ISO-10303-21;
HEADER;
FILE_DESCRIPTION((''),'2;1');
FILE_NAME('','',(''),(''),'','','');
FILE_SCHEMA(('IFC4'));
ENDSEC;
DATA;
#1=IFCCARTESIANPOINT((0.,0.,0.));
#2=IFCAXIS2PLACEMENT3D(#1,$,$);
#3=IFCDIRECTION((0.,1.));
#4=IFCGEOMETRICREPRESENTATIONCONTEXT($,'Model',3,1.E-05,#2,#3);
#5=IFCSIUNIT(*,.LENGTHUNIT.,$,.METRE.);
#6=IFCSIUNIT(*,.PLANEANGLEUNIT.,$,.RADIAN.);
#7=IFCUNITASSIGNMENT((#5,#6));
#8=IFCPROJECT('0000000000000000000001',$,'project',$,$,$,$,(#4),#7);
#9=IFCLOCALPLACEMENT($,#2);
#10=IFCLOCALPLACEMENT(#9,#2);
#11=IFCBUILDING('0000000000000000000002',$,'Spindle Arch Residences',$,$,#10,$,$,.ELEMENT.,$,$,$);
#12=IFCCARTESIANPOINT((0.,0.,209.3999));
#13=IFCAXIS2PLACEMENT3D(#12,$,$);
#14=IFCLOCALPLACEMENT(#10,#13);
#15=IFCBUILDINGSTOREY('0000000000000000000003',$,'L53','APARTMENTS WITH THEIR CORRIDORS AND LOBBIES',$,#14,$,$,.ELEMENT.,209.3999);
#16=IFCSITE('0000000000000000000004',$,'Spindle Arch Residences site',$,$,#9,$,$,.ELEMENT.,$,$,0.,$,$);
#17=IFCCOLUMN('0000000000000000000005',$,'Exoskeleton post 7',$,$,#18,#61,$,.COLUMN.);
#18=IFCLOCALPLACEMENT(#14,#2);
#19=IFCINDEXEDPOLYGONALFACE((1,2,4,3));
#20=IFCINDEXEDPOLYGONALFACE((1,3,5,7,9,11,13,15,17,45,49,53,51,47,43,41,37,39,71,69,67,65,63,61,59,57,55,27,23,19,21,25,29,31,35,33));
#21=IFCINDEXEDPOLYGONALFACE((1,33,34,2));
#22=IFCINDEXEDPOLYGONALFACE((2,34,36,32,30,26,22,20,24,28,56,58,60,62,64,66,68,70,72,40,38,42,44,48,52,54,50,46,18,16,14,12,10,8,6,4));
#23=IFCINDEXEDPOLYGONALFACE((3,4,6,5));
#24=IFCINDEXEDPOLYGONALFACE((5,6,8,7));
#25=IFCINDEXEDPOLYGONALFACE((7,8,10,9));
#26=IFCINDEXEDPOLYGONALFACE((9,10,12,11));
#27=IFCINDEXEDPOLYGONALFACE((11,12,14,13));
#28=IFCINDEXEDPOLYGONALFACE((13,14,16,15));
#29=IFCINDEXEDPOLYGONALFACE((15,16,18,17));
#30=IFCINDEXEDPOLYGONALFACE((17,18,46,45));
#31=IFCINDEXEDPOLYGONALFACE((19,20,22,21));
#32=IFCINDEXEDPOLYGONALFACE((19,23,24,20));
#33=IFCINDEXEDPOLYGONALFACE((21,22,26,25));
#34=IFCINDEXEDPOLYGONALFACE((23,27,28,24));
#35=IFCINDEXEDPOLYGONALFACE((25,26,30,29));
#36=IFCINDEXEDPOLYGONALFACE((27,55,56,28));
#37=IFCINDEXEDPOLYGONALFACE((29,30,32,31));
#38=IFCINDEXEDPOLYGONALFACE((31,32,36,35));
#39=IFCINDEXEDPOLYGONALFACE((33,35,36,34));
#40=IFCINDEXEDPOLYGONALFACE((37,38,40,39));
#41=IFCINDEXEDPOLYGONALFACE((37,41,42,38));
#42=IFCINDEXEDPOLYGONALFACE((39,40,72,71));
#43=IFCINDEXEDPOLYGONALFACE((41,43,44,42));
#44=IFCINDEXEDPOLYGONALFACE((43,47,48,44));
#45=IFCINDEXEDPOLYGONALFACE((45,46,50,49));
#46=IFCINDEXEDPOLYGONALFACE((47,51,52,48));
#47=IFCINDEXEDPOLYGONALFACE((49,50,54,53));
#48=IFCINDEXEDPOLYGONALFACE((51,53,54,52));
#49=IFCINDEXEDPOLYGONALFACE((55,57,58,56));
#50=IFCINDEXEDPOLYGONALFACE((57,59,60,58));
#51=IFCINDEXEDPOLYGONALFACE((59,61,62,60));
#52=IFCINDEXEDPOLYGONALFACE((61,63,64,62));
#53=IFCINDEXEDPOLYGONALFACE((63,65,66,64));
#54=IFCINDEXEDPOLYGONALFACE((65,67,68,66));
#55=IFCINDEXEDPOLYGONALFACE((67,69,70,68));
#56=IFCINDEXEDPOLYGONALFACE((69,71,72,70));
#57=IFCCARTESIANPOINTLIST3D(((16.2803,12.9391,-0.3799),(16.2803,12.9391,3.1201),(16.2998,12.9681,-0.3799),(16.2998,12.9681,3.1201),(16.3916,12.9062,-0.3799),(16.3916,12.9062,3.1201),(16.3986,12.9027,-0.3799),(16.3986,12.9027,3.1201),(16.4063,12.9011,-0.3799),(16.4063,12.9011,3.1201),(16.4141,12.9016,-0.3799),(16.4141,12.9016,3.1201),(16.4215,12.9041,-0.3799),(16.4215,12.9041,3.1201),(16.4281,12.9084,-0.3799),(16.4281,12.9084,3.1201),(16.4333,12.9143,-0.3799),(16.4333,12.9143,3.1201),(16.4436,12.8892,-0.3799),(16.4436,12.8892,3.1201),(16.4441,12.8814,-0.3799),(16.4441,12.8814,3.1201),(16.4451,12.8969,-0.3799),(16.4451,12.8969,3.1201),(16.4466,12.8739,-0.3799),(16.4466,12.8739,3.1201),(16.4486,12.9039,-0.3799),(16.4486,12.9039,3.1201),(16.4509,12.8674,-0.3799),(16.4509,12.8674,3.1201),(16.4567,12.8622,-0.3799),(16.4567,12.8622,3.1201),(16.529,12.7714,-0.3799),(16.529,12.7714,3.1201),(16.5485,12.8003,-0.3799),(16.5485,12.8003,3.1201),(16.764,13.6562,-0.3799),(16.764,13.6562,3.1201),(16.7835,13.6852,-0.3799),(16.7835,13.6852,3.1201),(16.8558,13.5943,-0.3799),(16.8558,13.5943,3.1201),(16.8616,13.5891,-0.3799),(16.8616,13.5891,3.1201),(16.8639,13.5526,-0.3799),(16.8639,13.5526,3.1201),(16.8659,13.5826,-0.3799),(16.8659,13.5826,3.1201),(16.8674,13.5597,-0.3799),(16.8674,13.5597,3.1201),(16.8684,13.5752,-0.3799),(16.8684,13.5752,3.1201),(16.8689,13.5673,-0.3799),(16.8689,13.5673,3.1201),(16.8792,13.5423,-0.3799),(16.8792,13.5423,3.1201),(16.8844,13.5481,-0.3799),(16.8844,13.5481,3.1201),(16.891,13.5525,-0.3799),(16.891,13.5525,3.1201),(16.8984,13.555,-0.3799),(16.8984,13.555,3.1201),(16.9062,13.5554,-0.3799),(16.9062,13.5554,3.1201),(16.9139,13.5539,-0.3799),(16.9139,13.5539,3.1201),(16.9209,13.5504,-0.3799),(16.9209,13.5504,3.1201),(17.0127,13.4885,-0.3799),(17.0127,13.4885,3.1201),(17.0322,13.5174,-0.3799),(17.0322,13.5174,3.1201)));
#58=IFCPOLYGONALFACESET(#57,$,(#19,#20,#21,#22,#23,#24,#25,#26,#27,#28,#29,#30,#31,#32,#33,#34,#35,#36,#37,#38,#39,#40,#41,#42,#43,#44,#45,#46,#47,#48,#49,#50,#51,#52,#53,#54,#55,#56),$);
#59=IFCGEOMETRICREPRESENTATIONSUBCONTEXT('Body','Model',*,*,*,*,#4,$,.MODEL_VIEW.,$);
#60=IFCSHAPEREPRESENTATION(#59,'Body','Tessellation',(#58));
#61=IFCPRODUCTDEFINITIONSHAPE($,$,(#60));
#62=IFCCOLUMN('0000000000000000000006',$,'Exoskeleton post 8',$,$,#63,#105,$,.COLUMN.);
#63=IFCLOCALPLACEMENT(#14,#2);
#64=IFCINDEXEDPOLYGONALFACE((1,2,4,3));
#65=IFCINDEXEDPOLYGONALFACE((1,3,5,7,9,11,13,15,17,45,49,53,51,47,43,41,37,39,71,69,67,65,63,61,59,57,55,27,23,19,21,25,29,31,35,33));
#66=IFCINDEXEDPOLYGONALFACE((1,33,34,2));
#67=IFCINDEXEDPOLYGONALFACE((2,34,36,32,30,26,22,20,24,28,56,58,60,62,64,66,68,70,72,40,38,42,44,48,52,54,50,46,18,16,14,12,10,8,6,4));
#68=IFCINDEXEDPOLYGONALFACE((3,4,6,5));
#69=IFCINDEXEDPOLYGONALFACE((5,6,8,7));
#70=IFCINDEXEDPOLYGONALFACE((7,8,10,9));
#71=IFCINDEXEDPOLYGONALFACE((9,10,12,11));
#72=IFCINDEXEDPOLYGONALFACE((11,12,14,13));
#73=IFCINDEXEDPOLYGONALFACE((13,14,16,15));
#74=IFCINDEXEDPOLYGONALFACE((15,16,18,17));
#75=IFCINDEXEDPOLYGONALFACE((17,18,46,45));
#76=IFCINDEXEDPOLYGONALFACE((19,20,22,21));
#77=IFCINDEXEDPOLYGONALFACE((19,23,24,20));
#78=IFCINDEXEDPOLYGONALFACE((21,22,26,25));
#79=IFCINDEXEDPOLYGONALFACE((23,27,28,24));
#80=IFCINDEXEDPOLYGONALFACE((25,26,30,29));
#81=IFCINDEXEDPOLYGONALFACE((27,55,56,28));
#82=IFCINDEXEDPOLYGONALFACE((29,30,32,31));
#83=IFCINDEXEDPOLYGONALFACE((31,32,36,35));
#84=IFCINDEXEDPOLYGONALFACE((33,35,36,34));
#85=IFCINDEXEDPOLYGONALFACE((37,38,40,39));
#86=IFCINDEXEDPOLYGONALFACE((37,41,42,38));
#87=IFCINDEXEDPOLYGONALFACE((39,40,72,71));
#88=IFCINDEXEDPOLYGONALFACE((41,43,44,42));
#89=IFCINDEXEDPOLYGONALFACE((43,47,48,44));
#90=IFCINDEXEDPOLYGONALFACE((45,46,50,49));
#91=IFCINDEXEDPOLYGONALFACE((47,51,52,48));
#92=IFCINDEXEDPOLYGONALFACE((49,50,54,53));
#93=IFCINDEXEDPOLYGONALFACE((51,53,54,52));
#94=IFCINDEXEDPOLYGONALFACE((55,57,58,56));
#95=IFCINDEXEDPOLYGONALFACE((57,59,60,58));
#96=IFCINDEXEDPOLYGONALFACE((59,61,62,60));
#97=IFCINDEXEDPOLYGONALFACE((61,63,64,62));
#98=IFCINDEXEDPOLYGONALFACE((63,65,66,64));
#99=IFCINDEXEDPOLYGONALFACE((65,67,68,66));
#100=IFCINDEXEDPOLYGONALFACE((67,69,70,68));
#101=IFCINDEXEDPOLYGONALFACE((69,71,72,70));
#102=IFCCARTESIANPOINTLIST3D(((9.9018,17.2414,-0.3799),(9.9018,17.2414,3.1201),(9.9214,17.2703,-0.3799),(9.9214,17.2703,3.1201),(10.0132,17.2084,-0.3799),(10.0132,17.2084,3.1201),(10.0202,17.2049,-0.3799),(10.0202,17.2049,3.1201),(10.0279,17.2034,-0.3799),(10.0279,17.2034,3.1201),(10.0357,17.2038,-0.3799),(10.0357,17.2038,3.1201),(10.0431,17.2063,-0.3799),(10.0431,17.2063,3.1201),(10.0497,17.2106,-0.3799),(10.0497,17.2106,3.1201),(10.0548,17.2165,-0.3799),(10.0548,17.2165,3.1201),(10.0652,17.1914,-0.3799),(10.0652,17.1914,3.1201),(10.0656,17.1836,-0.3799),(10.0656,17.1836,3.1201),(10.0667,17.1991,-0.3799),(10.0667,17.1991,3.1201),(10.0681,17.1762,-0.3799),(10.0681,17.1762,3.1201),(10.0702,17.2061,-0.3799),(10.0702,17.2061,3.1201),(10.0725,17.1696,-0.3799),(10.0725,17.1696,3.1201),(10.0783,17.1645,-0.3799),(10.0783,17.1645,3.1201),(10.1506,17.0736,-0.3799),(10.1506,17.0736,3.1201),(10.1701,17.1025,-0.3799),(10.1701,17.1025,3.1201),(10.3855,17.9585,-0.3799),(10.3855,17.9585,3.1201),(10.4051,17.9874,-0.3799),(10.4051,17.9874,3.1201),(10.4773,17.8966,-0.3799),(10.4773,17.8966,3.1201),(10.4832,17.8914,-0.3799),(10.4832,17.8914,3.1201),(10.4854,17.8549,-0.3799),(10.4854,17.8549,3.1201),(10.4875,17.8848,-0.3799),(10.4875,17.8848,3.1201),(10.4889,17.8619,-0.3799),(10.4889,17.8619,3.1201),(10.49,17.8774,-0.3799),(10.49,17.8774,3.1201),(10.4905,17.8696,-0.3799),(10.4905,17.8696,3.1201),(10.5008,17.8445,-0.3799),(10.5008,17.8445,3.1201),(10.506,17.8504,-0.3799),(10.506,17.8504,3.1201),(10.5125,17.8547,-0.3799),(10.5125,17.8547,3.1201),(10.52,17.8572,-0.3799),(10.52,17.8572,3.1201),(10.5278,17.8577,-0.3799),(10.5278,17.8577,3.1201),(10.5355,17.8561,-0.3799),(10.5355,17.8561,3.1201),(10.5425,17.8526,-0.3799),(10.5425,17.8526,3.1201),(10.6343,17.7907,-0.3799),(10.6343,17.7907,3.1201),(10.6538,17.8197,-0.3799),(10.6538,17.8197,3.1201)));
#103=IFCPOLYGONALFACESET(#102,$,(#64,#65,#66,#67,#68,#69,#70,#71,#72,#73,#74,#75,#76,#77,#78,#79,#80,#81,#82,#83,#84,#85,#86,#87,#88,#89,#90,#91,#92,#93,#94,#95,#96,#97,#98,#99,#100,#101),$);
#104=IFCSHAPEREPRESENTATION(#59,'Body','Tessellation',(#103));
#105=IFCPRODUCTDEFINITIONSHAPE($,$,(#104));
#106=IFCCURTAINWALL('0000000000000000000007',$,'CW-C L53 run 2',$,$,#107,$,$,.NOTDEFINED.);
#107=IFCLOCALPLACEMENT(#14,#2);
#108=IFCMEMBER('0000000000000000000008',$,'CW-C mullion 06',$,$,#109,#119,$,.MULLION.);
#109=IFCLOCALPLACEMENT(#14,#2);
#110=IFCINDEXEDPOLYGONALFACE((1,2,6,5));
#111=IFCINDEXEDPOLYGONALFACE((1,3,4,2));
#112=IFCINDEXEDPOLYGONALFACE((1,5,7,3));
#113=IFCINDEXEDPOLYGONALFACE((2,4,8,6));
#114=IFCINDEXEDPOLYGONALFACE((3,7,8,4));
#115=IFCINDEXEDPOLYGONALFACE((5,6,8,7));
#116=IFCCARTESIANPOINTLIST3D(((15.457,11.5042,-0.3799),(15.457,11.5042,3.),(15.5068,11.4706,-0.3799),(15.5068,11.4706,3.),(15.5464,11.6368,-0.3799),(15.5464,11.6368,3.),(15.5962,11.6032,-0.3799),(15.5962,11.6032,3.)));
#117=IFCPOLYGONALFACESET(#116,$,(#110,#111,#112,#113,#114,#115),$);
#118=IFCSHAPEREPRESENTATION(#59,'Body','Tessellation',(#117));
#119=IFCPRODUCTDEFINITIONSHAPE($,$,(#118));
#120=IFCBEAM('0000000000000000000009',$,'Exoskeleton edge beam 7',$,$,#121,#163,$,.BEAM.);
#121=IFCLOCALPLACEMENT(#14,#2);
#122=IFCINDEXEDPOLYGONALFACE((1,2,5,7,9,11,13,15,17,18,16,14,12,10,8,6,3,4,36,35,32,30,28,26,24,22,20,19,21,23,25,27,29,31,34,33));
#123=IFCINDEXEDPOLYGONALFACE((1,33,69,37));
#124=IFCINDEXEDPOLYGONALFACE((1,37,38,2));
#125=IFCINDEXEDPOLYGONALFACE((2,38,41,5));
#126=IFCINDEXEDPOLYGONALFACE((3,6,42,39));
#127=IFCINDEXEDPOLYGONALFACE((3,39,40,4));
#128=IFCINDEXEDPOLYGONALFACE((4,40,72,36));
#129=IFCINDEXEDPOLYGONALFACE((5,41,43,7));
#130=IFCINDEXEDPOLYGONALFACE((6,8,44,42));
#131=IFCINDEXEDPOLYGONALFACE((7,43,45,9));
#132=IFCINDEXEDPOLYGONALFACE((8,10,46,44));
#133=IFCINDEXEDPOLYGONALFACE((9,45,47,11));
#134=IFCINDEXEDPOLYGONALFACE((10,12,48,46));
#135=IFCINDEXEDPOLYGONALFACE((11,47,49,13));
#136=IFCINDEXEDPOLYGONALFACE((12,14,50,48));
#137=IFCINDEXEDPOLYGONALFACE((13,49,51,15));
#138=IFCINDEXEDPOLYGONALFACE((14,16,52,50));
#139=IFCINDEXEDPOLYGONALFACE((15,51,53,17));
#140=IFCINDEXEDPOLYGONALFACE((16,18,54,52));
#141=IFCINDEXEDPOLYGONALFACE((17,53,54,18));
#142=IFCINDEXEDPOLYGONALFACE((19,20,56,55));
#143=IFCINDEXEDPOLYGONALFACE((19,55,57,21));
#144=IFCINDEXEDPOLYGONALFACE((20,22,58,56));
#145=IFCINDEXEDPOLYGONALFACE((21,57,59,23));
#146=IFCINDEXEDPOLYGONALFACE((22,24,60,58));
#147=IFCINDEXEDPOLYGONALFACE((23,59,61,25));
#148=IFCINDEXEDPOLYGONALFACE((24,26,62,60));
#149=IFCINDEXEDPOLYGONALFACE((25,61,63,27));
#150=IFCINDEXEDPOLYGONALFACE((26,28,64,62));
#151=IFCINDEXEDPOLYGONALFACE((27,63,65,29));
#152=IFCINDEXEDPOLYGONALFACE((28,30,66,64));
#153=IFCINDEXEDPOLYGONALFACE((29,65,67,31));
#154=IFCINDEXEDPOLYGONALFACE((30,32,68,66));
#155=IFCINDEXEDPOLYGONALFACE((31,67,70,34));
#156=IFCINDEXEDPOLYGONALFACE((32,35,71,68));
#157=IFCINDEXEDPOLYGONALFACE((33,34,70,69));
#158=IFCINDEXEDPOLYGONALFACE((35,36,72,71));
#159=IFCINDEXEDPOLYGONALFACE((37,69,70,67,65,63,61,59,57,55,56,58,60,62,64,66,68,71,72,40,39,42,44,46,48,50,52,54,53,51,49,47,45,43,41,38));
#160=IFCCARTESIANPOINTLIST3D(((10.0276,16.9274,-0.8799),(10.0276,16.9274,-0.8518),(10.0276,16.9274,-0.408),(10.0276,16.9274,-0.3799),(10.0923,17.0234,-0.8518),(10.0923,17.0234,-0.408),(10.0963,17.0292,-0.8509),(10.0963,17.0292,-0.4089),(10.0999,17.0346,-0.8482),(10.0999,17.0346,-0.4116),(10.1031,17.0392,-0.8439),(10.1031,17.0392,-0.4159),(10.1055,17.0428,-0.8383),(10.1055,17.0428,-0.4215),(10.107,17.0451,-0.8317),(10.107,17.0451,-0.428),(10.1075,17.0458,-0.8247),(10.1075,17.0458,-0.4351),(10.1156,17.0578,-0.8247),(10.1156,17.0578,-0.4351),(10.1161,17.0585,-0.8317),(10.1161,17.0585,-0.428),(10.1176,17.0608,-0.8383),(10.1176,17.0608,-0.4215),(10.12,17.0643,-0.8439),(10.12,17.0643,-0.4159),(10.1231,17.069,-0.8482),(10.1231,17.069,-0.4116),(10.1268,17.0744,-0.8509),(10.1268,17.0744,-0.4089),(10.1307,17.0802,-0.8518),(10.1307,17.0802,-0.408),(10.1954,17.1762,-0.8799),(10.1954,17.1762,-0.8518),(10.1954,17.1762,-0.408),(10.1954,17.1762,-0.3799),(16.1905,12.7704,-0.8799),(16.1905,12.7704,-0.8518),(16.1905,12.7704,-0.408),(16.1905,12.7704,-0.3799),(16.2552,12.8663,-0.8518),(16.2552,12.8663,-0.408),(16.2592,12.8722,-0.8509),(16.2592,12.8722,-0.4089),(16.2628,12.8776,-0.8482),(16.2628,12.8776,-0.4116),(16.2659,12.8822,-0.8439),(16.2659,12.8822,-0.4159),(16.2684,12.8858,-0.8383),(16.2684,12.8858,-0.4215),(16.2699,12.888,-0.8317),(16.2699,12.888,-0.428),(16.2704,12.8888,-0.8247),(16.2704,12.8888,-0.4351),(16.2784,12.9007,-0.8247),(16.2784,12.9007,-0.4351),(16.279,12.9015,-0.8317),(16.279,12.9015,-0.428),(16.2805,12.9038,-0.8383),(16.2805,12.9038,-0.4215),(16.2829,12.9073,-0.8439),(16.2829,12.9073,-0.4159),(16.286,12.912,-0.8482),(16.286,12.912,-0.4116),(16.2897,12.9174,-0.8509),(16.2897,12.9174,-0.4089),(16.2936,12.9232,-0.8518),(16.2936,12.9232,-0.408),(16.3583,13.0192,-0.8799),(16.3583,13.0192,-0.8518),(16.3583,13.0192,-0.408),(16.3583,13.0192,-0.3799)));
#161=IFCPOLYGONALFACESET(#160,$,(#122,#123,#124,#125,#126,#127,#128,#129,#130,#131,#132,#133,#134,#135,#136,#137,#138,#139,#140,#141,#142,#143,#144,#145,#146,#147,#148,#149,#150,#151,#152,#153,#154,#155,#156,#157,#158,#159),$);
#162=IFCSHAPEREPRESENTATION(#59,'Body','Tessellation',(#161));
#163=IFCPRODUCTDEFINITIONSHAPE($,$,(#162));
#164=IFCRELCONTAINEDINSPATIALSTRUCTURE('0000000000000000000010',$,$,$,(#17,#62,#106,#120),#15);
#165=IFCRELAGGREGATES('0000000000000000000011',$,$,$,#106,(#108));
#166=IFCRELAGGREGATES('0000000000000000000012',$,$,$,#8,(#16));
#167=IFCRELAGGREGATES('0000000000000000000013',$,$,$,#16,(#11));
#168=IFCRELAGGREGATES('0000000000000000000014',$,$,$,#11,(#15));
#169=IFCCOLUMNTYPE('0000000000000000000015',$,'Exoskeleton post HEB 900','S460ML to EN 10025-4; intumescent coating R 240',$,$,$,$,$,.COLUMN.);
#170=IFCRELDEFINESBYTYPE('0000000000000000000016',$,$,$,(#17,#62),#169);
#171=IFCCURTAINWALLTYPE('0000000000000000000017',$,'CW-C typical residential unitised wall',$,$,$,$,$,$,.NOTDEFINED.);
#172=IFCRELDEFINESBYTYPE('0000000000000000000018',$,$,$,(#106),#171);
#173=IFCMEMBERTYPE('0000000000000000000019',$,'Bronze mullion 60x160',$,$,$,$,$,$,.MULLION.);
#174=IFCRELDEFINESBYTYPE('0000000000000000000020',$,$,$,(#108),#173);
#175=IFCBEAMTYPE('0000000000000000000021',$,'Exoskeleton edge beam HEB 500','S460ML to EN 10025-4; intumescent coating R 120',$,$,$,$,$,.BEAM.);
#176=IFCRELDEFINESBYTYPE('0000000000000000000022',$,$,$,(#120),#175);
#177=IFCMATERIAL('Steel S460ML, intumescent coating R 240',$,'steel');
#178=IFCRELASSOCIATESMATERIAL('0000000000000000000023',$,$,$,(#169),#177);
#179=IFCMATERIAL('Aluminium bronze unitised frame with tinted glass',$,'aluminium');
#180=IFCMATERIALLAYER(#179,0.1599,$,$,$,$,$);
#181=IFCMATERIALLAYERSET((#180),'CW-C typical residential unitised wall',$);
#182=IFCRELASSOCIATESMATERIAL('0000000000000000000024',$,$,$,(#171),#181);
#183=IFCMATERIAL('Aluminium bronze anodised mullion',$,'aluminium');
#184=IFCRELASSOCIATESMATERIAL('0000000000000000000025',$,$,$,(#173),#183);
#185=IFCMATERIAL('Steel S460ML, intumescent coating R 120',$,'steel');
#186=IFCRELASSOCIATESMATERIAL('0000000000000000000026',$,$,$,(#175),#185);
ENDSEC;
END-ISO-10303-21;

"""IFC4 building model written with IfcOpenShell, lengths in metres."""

from ifc_helpers import new_model, si_unit, direction, frame, origin, origin_2d, place, context, subcontext, project, spatial, rectangle, i_section, extrude, material, layer, layer_set, material_profile, profile_set, type_object, element, aggregate, save


model = new_model("IFC4")

# Units and contexts
model_context = context("Model", 3, precision=1e-05, world=origin(), true_north=direction((0.0, 1.0)))
body_context = subcontext(model_context, "Body", "Model", "MODEL_VIEW")
ifc_project = project(units=[si_unit("LENGTHUNIT", "METRE"), si_unit("PLANEANGLEUNIT", "RADIAN")], contexts=[model_context])

# Site, building, storey
site_placement = place(None, origin())
site = spatial("IfcSite", under=ifc_project, at=site_placement, Name="Spindle Arch Residences site", CompositionType="ELEMENT", RefElevation=0.0)
building_placement = place(site_placement, origin())
building = spatial("IfcBuilding", under=site, at=building_placement, Name="Spindle Arch Residences", CompositionType="ELEMENT")
storey_placement = place(building_placement, frame((0.0, 0.0, 209.3999)))
storey = spatial("IfcBuildingStorey", under=building, at=storey_placement, Name="L53", Description="APARTMENTS WITH THEIR CORRIDORS AND LOBBIES", CompositionType="ELEMENT", Elevation=209.3999)

# Columns
ifc_material_1 = material(Name="Steel S460ML, intumescent coating R 240", Category="steel")
ifc_material_profile_1 = material_profile(ifc_material_1, i_section(OverallWidth=0.3, OverallDepth=0.8999, WebThickness=0.0186, FlangeThickness=0.0349, FilletRadius=0.03, at=origin_2d()), Name="HEB 900")
ifc_profile_set_1 = profile_set([ifc_material_profile_1], Name="Steel S460ML, intumescent coating R 240")
column_type = type_object("IfcColumnType", Name="Exoskeleton post HEB 900", Description="S460ML to EN 10025-4; intumescent coating R 240", PredefinedType="COLUMN", material=ifc_profile_set_1)
for number, where, z_axis, x_axis, name in (
    (1, (16.6562, 13.2283, -0.3799), (0.0, 0.0, 1.0), (0.829038, -0.559193, 0.0), "Exoskeleton post 7"),
    (2, (10.2778, 17.5305, -0.3799), (0.0, 0.0, 1.0), (0.829038, -0.559193, 0.0), "Exoskeleton post 8"),
):
    element("IfcColumn", number, at=place(storey_placement, frame(where, z_axis=z_axis, x_axis=x_axis)), inside=storey, type_object=column_type, Name=name, PredefinedType="COLUMN", context=body_context, shape_type="SweptSolid", body=[
        extrude(i_section(OverallWidth=0.3, OverallDepth=0.8999, WebThickness=0.0186, FlangeThickness=0.0349, FilletRadius=0.03, at=origin_2d()), origin(), (0.0, 0.0, 1.0), 3.5),
    ])

# Curtain wall, member
ifc_material_2 = material(Name="Aluminium bronze unitised frame with tinted glass", Category="aluminium")
ifc_layer_1 = layer(ifc_material_2, 0.1599)
ifc_layer_set_1 = layer_set([ifc_layer_1], Name="CW-C typical residential unitised wall")
curtain_wall_type = type_object("IfcCurtainWallType", Name="CW-C typical residential unitised wall", PredefinedType="NOTDEFINED", material=ifc_layer_set_1)
curtain_wall_placement = place(storey_placement, origin())
curtain_wall = element("IfcCurtainWall", 3, at=curtain_wall_placement, inside=storey, type_object=curtain_wall_type, Name="CW-C L53 run 2", PredefinedType="NOTDEFINED")
ifc_material_3 = material(Name="Aluminium bronze anodised mullion", Category="aluminium")
ifc_material_profile_2 = material_profile(ifc_material_3, rectangle(XDim=0.1599, YDim=0.0601, at=origin_2d()), Name="MU 60x160")
ifc_profile_set_2 = profile_set([ifc_material_profile_2], Name="Aluminium bronze anodised mullion")
member_type = type_object("IfcMemberType", Name="Bronze mullion 60x160", PredefinedType="MULLION", material=ifc_profile_set_2)
member_placement = place(storey_placement, frame((15.5266, 11.5537, -0.3799), z_axis=(0.0, 0.0, 1.0), x_axis=(-0.559193, -0.829038, 0.0)))
member = element("IfcMember", 4, at=member_placement, type_object=member_type, Name="CW-C mullion 06", PredefinedType="MULLION", context=body_context, shape_type="SweptSolid", body=[
    extrude(rectangle(XDim=0.1599, YDim=0.0601, at=origin_2d()), origin(), (0.0, 0.0, 1.0), 3.3799),
])

# Beam
ifc_material_4 = material(Name="Steel S460ML, intumescent coating R 120", Category="steel")
ifc_material_profile_3 = material_profile(ifc_material_4, i_section(OverallWidth=0.3, OverallDepth=0.5, WebThickness=0.0144, FlangeThickness=0.0281, FilletRadius=0.0271, at=origin_2d()), Name="HEB 500")
ifc_profile_set_3 = profile_set([ifc_material_profile_3], Name="Steel S460ML, intumescent coating R 120")
beam_type_1 = type_object("IfcBeamType", Name="Exoskeleton edge beam HEB 500", Description="S460ML to EN 10025-4; intumescent coating R 120", PredefinedType="BEAM", material=ifc_profile_set_3)
beam_1_placement = place(storey_placement, frame((16.2744, 12.8948, -0.6299), z_axis=(-0.829032, 0.559202, 0.0), x_axis=(-0.559202, -0.829032, 0.0)))
element("IfcBeam", 5, at=beam_1_placement, inside=storey, type_object=beam_type_1, Name="Exoskeleton edge beam 7", PredefinedType="BEAM", context=body_context, shape_type="SweptSolid", body=[
    extrude(i_section(OverallWidth=0.3, OverallDepth=0.5, WebThickness=0.0144, FlangeThickness=0.0281, FilletRadius=0.0271, at=origin_2d()), origin(), (0.0, 0.0, 1.0), 7.4338),
])

aggregate(curtain_wall, [member])

save(model, "model.ifc")
